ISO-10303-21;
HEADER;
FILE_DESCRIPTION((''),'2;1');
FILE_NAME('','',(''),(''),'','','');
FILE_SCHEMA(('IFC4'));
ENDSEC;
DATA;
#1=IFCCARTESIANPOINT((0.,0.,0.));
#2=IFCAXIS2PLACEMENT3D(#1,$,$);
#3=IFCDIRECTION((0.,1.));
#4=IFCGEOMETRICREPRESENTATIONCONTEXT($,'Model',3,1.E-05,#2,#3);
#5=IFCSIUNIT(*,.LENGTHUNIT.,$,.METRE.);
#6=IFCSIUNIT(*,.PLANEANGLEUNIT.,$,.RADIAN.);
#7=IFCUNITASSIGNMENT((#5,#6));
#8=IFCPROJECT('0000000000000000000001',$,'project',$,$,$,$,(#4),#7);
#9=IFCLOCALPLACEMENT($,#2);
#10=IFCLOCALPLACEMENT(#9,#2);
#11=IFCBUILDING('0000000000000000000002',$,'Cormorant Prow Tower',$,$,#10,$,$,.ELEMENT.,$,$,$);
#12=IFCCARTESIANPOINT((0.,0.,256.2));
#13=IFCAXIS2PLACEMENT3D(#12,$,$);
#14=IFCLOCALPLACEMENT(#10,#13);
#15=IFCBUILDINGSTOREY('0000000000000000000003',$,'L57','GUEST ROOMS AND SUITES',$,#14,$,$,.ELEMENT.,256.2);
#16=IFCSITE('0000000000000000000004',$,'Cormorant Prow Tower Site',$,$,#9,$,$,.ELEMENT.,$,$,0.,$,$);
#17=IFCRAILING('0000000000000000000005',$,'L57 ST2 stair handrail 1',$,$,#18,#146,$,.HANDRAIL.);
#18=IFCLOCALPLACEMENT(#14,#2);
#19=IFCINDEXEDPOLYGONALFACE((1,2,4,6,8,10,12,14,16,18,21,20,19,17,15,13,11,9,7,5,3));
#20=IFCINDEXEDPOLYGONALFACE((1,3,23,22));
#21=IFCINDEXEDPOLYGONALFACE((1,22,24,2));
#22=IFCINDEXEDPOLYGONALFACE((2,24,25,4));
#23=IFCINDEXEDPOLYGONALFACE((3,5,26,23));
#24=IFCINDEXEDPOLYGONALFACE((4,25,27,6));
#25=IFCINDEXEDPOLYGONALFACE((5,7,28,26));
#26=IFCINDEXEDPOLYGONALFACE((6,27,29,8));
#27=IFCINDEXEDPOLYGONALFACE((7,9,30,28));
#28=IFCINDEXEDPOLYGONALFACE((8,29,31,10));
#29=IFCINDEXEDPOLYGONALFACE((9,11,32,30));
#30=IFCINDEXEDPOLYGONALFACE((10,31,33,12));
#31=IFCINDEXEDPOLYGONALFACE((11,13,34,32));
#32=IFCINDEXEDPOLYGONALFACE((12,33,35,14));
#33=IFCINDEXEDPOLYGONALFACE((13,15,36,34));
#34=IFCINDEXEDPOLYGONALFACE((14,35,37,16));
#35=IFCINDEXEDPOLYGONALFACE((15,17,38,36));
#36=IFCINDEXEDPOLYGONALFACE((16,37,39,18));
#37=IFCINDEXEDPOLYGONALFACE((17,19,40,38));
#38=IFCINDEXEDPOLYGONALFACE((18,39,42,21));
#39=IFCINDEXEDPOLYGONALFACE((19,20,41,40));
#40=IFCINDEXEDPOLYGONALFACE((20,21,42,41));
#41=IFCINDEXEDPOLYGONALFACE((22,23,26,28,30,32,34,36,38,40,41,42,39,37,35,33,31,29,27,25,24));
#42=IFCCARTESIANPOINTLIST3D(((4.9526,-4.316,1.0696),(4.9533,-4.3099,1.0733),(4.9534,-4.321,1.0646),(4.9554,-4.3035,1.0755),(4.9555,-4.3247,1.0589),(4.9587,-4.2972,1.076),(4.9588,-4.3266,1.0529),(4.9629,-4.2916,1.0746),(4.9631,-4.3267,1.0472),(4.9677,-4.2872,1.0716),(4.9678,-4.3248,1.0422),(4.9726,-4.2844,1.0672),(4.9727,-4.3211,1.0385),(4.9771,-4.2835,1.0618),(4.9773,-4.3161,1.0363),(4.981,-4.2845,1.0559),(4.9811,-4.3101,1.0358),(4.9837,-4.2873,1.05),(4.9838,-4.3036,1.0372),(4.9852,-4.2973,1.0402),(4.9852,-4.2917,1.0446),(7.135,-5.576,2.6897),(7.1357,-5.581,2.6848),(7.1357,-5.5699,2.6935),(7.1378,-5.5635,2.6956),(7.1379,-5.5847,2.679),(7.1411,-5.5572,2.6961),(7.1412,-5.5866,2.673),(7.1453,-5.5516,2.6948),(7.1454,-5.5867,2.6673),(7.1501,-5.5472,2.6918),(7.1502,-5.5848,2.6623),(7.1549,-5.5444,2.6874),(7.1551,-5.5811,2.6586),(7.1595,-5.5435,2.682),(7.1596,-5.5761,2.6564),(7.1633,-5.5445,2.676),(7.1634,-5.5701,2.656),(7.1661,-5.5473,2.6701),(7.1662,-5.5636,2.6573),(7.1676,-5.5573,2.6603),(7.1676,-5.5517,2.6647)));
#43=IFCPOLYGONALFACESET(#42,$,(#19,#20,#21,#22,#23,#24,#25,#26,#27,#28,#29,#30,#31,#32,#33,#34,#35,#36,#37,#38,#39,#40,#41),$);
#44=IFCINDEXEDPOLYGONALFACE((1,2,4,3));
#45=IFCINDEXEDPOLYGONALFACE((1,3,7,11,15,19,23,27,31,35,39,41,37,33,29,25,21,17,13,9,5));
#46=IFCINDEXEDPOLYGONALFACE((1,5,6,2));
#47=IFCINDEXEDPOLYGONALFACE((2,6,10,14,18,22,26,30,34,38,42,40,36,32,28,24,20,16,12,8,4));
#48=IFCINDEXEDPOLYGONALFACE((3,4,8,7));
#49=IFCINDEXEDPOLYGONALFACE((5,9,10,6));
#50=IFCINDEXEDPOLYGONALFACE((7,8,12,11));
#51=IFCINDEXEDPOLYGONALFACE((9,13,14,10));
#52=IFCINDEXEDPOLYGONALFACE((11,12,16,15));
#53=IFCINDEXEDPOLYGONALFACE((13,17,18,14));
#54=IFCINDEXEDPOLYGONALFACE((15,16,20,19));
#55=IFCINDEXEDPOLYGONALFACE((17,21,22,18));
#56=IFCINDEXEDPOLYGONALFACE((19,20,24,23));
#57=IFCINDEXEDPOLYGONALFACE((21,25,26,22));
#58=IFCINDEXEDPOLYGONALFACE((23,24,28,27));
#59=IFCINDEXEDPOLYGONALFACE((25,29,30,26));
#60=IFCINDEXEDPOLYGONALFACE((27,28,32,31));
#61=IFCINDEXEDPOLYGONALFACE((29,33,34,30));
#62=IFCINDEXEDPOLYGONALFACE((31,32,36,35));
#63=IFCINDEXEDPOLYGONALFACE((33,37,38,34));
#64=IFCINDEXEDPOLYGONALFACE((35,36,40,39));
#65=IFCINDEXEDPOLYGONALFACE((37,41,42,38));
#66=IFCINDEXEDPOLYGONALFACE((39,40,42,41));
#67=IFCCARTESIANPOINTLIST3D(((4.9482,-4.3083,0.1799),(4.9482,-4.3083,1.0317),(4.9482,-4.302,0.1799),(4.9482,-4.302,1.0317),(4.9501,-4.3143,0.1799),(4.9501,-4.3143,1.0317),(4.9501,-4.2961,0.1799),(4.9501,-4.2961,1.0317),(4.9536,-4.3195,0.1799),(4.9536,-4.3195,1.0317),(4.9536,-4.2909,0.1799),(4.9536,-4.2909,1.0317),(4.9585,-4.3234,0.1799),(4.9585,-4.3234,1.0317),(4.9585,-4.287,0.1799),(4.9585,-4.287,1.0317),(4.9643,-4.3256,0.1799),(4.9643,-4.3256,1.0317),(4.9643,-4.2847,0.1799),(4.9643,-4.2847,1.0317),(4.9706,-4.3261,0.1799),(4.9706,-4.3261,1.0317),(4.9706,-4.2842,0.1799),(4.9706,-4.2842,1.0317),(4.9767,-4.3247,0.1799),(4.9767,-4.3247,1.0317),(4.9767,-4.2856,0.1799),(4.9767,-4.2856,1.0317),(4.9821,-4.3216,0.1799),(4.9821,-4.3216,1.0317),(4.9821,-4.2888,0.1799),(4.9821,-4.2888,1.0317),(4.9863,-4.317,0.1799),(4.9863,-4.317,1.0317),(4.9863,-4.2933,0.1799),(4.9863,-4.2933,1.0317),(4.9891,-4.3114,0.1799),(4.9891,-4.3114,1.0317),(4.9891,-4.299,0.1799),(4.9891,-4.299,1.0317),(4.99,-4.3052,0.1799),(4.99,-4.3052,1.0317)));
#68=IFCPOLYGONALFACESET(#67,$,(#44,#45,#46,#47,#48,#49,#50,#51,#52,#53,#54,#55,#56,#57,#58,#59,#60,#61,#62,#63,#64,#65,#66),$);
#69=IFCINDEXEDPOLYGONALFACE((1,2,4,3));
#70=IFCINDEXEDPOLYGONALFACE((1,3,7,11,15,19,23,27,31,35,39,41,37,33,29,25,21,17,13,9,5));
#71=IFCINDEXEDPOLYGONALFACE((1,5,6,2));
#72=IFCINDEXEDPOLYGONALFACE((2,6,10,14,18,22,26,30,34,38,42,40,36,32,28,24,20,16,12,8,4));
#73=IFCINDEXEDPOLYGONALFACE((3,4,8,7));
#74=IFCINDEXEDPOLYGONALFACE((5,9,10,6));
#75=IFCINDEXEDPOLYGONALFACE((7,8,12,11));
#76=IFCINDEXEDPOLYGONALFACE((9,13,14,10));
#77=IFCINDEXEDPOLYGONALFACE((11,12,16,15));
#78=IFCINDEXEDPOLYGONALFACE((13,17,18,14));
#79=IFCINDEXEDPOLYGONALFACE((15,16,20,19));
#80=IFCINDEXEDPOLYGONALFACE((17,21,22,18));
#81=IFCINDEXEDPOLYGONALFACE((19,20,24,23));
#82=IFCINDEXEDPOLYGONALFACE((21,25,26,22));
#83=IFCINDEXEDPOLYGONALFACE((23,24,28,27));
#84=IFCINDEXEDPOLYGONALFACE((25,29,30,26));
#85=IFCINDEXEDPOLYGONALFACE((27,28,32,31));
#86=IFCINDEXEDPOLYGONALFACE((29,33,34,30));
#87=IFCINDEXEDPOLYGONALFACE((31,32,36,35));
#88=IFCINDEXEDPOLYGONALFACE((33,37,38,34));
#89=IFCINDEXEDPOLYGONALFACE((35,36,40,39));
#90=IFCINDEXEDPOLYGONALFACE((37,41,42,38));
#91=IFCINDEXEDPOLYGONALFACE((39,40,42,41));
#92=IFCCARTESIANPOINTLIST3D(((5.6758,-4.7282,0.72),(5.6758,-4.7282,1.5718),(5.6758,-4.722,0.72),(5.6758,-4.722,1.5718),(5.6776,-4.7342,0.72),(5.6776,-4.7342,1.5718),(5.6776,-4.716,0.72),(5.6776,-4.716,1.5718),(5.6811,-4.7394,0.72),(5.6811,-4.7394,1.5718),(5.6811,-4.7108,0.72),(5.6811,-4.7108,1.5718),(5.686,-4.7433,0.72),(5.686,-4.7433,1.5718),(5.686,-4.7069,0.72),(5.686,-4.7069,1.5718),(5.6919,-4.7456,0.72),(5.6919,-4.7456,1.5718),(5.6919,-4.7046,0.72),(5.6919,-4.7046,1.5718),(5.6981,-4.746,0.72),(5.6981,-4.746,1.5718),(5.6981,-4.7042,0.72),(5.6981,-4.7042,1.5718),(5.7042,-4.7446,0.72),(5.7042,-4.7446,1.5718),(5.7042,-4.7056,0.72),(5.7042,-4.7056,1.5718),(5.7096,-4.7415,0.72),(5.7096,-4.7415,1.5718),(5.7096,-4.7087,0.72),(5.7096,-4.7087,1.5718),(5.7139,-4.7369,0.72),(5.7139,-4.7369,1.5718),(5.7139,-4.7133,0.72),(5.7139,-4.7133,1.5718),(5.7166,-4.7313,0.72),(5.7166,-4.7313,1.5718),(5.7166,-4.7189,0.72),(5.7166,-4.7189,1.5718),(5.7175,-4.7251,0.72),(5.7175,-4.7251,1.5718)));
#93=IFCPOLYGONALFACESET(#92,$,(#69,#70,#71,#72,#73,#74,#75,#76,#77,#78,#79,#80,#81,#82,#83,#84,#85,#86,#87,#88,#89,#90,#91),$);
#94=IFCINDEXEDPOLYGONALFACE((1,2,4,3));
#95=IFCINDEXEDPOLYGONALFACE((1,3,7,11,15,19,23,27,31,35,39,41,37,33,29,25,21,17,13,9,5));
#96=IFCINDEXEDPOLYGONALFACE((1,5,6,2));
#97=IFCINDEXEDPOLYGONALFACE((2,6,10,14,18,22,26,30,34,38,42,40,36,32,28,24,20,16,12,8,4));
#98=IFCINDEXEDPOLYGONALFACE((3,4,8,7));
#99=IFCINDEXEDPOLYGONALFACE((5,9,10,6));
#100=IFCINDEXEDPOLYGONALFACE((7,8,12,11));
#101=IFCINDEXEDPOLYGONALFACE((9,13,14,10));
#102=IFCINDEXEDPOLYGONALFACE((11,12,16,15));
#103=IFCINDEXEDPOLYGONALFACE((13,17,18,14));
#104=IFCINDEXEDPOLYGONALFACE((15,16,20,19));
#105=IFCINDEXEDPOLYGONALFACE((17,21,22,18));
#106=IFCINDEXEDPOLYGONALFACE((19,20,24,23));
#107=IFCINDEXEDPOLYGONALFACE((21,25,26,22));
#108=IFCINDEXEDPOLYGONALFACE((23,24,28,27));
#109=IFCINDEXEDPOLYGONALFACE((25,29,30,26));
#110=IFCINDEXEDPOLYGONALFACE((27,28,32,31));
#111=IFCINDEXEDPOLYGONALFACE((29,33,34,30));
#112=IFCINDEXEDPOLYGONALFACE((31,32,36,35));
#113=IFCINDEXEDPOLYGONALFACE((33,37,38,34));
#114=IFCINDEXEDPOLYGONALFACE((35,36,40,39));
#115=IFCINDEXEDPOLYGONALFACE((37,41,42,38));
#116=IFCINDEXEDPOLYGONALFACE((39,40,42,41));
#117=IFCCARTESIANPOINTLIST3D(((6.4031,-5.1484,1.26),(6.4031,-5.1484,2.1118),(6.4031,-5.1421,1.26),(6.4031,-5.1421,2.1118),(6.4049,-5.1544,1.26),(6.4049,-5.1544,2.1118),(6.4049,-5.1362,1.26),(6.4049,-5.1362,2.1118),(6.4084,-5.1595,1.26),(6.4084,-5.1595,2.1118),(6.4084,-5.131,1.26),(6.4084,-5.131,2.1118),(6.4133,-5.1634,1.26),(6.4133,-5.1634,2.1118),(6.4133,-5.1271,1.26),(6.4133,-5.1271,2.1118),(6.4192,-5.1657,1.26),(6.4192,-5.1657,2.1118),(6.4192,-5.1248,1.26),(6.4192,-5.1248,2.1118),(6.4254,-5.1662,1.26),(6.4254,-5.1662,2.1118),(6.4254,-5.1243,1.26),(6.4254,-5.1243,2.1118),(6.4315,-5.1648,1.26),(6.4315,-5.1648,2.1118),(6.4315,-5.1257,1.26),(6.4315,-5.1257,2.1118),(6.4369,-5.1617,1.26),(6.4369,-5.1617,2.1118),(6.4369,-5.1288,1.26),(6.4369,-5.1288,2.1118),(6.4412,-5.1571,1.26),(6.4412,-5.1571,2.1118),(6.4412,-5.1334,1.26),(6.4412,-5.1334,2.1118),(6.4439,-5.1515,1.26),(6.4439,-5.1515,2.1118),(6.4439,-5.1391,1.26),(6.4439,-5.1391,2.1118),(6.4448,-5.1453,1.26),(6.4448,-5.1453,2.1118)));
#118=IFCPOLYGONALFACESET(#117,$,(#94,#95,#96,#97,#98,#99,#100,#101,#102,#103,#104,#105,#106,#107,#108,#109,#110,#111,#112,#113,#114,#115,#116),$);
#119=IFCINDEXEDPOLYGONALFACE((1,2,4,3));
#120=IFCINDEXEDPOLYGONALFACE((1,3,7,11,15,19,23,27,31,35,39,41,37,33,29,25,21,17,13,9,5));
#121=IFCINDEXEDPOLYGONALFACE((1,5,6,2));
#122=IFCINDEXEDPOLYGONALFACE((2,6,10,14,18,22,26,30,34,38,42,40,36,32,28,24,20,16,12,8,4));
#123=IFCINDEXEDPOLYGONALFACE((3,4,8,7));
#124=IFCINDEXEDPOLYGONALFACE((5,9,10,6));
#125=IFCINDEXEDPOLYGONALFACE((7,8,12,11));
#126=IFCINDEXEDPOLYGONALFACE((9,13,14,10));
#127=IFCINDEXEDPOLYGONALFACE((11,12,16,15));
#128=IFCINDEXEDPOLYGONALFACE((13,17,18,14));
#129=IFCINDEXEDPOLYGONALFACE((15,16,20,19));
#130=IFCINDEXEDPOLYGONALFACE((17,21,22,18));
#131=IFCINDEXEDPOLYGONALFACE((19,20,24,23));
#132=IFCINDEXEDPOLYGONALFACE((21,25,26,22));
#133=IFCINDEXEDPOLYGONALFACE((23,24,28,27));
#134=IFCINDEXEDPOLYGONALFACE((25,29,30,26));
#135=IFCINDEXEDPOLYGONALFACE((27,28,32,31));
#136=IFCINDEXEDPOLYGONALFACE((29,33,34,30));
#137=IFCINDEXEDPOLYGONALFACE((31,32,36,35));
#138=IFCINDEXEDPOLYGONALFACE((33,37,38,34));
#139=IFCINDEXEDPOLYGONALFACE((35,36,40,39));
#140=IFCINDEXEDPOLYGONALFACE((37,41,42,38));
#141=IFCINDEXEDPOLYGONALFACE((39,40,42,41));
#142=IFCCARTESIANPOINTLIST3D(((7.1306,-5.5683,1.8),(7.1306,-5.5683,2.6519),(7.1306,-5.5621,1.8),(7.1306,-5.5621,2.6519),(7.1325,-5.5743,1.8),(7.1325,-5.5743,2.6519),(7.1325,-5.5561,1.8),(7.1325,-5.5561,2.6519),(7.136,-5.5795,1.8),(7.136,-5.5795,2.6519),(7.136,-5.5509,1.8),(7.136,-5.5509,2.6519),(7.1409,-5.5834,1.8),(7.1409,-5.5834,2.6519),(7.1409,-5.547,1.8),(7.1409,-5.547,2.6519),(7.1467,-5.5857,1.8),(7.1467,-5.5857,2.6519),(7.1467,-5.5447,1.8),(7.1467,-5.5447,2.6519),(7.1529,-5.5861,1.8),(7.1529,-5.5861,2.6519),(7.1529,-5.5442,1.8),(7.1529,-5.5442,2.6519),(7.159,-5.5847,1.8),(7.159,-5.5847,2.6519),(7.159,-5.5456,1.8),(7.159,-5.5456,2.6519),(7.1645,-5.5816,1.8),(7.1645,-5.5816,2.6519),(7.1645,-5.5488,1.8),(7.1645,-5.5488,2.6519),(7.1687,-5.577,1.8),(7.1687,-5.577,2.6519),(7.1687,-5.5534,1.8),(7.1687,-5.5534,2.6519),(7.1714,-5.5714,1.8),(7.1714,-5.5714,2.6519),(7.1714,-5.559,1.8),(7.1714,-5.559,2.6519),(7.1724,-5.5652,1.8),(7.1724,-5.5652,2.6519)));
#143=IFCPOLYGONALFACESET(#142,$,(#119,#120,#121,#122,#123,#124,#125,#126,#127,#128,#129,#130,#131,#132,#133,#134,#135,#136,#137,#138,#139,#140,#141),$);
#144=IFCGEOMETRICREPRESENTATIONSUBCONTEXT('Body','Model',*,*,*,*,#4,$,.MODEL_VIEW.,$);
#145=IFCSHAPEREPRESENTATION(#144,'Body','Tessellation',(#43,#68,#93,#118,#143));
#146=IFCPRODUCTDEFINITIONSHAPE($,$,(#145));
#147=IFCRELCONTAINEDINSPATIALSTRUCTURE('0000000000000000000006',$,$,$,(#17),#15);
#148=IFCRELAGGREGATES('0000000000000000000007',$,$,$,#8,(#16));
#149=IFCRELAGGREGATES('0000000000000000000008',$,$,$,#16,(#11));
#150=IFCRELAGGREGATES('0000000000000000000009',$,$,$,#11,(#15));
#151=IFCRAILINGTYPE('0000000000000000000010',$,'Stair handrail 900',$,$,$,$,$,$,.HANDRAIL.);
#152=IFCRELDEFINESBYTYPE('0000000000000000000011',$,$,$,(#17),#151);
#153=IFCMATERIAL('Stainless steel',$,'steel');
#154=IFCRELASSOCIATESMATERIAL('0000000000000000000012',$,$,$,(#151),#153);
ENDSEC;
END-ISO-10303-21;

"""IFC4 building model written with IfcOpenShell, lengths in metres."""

from ifc_helpers import new_model, si_unit, direction, frame, origin, origin_2d, place, context, subcontext, project, spatial, circle, extrude, material, type_object, element, save


model = new_model("IFC4")

# Units and contexts
model_context = context("Model", 3, precision=1e-05, world=origin(), true_north=direction((0.0, 1.0)))
body_context = subcontext(model_context, "Body", "Model", "MODEL_VIEW")
ifc_project = project(units=[si_unit("LENGTHUNIT", "METRE"), si_unit("PLANEANGLEUNIT", "RADIAN")], contexts=[model_context])

# Site, building, storey
site_placement = place(None, origin())
site = spatial("IfcSite", under=ifc_project, at=site_placement, Name="Cormorant Prow Tower Site", CompositionType="ELEMENT", RefElevation=0.0)
building_placement = place(site_placement, origin())
building = spatial("IfcBuilding", under=site, at=building_placement, Name="Cormorant Prow Tower", CompositionType="ELEMENT")
storey_placement = place(building_placement, frame((0.0, 0.0, 256.2)))
storey = spatial("IfcBuildingStorey", under=building, at=storey_placement, Name="L57", Description="GUEST ROOMS AND SUITES", CompositionType="ELEMENT", Elevation=256.2)

# Railing
ifc_material_1 = material(Name="Stainless steel", Category="steel")
railing_type_1 = type_object("IfcRailingType", Name="Stair handrail 900", PredefinedType="HANDRAIL", material=ifc_material_1)
railing_1_placement = place(storey_placement, frame((4.969, -4.3052, 0.1799)))
element("IfcRailing", 1, at=railing_1_placement, inside=storey, type_object=railing_type_1, Name="L57 ST2 stair handrail 1", PredefinedType="HANDRAIL", context=body_context, shape_type="SweptSolid", body=[
    extrude(circle(Radius=0.0239, at=origin_2d()), frame((0.0, 0.0, 0.876), z_axis=(0.728464, -0.420584, 0.540786), x_axis=(0.500005, 0.866023, 0.0)), (0.0, 0.0, 1.0), 2.9958),
    extrude(circle(Radius=0.021, at=origin_2d()), origin(), (0.0, 0.0, 1.0), 0.8518),
    extrude(circle(Radius=0.021, at=origin_2d()), frame((0.7275, -0.4199, 0.54)), (0.0, 0.0, 1.0), 0.8518),
    extrude(circle(Radius=0.021, at=origin_2d()), frame((1.4548, -0.8401, 1.0801)), (0.0, 0.0, 1.0), 0.8518),
    extrude(circle(Radius=0.021, at=origin_2d()), frame((2.1824, -1.26, 1.6201)), (0.0, 0.0, 1.0), 0.8518),
])

save(model, "model.ifc")
